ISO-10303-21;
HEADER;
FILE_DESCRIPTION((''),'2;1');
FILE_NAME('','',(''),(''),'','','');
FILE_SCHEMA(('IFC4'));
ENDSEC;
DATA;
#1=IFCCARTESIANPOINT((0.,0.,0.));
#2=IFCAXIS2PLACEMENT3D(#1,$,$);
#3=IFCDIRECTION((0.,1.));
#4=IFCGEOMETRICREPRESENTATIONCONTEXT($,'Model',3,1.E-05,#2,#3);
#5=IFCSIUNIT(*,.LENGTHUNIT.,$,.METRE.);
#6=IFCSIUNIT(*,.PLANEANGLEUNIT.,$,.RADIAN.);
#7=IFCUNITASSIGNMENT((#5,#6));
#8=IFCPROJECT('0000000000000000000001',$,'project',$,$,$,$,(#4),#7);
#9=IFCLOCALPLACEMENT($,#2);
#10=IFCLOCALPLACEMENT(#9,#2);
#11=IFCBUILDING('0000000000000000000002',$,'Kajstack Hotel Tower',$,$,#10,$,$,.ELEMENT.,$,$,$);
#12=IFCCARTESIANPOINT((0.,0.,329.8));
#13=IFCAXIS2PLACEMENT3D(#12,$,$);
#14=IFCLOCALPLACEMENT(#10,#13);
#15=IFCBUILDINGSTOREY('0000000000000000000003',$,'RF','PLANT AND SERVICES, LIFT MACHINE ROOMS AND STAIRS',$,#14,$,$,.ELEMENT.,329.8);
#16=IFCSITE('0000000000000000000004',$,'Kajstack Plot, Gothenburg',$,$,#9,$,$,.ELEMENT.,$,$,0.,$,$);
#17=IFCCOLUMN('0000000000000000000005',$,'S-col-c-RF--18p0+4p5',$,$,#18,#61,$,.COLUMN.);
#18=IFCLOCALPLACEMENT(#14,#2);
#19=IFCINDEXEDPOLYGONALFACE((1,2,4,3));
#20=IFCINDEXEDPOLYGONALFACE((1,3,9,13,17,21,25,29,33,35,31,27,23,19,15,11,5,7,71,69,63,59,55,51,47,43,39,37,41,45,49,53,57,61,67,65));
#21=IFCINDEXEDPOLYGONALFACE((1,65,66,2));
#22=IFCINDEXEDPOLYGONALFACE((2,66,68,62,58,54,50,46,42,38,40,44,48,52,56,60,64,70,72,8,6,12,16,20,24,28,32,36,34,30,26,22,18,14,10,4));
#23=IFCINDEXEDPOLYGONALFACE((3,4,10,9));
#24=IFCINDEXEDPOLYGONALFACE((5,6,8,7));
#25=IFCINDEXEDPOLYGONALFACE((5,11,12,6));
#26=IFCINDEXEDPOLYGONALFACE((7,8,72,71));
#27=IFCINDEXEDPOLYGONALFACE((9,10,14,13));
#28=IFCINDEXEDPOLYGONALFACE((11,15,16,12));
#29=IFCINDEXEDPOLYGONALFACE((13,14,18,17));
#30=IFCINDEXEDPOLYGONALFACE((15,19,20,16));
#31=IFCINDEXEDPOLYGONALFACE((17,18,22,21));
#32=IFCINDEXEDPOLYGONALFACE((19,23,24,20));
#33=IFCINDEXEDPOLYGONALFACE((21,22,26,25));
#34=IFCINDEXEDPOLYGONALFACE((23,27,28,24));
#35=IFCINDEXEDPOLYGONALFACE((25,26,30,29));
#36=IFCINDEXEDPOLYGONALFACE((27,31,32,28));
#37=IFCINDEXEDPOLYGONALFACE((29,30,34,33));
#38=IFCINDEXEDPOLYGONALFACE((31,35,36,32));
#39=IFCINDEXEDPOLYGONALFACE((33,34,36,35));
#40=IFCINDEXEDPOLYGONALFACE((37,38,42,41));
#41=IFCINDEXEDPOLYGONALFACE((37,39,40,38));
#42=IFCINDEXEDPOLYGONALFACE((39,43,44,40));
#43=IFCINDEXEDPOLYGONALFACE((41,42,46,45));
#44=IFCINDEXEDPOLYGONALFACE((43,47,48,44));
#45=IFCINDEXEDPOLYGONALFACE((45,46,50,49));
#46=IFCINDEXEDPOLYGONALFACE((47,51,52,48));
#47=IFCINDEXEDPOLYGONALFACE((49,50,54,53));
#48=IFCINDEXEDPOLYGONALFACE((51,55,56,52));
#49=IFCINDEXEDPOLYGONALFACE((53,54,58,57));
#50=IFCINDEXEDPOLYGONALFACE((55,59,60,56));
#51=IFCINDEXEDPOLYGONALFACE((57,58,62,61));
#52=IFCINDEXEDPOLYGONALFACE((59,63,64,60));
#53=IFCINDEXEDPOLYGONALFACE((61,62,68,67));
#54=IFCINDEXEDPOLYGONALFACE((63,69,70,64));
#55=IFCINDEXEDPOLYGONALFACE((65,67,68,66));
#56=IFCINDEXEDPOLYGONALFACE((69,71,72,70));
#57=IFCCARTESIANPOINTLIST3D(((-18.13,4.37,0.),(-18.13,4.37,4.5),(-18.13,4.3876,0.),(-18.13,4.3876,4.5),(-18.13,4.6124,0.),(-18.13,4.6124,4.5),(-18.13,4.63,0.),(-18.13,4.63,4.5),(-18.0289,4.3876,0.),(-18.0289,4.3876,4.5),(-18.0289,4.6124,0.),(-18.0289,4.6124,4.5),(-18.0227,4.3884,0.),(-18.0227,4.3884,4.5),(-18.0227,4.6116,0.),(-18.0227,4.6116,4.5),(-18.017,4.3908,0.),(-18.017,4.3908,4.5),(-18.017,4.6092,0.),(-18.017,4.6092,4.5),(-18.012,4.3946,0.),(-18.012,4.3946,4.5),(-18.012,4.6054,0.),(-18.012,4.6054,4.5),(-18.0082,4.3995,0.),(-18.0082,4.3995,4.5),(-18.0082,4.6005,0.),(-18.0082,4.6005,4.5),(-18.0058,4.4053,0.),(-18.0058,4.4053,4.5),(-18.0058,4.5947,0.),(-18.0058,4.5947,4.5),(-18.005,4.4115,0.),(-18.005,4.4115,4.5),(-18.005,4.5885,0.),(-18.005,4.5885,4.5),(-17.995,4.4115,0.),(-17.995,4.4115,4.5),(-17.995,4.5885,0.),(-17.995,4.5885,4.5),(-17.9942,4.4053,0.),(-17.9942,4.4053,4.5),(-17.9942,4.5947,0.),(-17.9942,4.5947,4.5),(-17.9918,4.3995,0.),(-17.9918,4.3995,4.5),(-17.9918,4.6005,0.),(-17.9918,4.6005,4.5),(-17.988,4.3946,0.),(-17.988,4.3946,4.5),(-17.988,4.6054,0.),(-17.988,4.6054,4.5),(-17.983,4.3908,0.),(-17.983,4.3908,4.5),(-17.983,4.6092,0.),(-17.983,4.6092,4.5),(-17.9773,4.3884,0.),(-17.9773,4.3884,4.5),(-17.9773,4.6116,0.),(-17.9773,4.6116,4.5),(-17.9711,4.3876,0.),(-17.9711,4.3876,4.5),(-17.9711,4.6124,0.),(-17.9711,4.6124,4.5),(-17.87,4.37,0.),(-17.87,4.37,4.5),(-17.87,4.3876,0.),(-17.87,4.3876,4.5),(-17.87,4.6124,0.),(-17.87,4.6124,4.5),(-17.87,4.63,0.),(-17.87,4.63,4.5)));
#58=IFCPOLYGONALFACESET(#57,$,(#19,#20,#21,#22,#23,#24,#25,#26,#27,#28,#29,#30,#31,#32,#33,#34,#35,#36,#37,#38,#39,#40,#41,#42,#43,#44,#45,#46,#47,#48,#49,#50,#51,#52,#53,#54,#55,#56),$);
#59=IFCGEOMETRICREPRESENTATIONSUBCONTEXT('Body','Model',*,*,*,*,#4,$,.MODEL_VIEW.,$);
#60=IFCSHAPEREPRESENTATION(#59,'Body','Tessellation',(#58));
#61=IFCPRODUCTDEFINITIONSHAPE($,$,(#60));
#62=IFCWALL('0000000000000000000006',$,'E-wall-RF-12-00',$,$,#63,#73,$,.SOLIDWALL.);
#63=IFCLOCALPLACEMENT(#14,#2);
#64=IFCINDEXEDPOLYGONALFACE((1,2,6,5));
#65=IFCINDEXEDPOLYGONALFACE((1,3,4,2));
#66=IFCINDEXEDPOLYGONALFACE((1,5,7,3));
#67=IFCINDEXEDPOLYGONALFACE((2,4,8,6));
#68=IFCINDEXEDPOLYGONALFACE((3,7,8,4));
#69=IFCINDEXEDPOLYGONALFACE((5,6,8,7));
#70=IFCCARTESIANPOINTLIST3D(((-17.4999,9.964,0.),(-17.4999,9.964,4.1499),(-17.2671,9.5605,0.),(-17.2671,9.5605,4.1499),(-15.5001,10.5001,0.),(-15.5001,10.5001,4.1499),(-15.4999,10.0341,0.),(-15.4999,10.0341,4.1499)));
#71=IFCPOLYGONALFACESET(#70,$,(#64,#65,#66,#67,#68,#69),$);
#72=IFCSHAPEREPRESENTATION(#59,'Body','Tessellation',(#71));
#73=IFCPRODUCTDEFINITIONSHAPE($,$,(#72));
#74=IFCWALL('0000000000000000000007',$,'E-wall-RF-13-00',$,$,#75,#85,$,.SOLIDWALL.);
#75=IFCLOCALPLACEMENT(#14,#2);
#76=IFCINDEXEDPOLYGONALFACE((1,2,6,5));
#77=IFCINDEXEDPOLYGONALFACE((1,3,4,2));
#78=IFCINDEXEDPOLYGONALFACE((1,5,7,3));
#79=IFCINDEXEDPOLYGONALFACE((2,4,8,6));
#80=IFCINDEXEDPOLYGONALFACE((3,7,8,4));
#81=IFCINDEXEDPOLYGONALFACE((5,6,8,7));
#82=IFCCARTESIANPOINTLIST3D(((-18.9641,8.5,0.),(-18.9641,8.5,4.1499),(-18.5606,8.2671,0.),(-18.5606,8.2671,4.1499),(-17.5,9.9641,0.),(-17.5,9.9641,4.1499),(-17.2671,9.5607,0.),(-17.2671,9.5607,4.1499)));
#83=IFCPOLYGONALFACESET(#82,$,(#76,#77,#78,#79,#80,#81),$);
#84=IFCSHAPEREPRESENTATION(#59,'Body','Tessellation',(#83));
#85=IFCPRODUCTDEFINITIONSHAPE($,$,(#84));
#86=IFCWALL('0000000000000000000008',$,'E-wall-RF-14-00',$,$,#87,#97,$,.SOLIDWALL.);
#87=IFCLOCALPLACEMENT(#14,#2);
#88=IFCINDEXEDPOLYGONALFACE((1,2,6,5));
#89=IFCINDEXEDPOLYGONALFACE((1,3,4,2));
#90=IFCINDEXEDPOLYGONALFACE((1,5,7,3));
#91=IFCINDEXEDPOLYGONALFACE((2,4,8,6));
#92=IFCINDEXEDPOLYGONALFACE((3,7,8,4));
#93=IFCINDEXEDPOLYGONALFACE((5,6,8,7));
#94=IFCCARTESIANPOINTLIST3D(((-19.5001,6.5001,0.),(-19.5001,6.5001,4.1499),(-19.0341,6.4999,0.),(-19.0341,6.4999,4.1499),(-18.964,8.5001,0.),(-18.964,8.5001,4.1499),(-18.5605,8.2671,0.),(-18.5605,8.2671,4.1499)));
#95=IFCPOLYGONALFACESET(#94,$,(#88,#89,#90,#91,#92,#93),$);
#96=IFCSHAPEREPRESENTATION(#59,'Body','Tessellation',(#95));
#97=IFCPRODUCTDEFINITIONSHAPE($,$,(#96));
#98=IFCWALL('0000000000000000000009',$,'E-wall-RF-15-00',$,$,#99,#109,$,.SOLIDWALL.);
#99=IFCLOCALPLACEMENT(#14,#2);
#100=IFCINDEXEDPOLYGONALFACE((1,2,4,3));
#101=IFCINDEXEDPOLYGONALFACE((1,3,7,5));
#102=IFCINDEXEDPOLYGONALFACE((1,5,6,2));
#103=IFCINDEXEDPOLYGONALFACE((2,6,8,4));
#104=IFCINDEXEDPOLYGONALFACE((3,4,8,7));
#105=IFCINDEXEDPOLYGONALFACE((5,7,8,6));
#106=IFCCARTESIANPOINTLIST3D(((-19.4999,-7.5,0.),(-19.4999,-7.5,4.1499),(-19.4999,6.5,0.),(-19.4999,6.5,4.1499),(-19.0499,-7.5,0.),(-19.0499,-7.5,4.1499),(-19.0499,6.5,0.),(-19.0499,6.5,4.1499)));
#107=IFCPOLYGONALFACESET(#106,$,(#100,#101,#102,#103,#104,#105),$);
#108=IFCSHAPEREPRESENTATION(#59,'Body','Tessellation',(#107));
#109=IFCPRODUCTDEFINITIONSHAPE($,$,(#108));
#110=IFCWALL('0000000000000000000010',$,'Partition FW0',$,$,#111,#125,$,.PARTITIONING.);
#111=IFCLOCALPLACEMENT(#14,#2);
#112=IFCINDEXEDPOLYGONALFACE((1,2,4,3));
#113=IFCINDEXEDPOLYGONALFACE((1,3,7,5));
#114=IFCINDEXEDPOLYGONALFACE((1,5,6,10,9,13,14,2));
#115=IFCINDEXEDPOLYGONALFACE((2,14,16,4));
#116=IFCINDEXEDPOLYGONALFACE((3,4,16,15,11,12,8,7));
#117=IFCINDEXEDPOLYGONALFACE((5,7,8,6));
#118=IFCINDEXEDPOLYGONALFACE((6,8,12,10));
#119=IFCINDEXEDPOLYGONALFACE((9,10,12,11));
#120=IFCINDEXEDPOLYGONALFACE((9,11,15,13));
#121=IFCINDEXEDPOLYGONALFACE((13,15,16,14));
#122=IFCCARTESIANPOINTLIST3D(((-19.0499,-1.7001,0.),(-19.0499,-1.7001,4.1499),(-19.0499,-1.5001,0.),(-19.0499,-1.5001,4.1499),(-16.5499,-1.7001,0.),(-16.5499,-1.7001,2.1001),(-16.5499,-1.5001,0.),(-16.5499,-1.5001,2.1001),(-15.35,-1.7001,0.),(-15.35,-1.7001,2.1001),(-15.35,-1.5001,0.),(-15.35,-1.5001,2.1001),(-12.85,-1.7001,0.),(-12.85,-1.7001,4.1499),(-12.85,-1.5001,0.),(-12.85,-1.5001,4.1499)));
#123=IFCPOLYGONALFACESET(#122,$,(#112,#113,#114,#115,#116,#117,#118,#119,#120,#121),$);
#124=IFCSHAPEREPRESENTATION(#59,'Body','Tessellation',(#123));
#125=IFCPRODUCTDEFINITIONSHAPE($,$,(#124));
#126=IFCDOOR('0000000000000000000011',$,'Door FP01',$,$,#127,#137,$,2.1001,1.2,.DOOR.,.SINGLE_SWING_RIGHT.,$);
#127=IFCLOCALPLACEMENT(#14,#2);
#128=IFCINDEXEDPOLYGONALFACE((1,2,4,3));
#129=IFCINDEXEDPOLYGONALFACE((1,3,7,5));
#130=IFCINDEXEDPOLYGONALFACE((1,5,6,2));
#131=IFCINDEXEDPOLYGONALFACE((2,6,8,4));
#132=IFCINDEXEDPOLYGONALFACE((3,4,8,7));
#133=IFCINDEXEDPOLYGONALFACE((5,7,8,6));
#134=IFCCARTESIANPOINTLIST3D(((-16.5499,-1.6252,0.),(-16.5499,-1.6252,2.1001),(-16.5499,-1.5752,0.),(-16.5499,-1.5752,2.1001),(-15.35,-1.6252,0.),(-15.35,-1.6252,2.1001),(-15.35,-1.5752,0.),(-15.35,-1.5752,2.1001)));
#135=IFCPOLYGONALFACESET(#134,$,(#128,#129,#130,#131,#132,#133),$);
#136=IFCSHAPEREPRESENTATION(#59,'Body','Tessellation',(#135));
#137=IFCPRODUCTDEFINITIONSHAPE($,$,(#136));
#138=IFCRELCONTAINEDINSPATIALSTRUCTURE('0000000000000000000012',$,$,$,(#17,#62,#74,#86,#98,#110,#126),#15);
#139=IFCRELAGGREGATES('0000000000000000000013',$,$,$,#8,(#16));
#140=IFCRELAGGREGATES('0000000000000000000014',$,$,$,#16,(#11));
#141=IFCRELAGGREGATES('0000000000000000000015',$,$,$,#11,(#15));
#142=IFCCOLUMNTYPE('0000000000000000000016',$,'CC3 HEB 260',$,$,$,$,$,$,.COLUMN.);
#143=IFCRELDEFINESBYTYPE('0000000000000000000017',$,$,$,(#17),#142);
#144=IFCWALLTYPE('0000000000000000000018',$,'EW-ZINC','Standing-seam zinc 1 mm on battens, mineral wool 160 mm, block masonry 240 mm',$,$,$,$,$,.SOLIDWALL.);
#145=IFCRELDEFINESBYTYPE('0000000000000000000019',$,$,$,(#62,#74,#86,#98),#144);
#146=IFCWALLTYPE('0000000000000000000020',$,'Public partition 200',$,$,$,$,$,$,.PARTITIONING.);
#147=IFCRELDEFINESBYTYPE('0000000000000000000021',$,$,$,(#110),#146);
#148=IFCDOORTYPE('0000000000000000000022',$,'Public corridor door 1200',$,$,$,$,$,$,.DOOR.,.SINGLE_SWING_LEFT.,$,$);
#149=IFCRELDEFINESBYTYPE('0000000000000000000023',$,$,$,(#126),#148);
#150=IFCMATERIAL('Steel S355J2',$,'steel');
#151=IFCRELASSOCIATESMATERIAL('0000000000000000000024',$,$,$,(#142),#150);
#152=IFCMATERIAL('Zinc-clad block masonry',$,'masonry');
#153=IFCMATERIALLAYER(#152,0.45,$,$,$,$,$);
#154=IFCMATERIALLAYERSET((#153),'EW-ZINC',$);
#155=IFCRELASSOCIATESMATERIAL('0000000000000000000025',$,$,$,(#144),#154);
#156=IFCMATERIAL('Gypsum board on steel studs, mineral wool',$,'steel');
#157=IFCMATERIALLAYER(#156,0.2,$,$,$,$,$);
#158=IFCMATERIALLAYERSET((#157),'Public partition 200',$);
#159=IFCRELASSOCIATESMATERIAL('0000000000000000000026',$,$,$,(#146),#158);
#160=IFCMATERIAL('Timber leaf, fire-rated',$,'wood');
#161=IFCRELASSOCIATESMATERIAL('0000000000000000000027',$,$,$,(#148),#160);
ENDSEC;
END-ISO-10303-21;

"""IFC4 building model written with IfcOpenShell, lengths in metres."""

from ifc_helpers import new_model, si_unit, direction, frame, frame_2d, origin, origin_2d, place, context, subcontext, project, spatial, polyline, rectangle, i_section, outline, extrude, material, layer, layer_set, material_profile, profile_set, type_object, element, fill, save


model = new_model("IFC4")

# Units and contexts
model_context = context("Model", 3, precision=1e-05, world=origin(), true_north=direction((0.0, 1.0)))
body_context = subcontext(model_context, "Body", "Model", "MODEL_VIEW")
ifc_project = project(units=[si_unit("LENGTHUNIT", "METRE"), si_unit("PLANEANGLEUNIT", "RADIAN")], contexts=[model_context])

# Site, building, storey
site_placement = place(None, origin())
site = spatial("IfcSite", under=ifc_project, at=site_placement, Name="Kajstack Plot, Gothenburg", CompositionType="ELEMENT", RefElevation=0.0)
building_placement = place(site_placement, origin())
building = spatial("IfcBuilding", under=site, at=building_placement, Name="Kajstack Hotel Tower", CompositionType="ELEMENT")
storey_placement = place(building_placement, frame((0.0, 0.0, 329.8)))
storey = spatial("IfcBuildingStorey", under=building, at=storey_placement, Name="RF", Description="PLANT AND SERVICES, LIFT MACHINE ROOMS AND STAIRS", CompositionType="ELEMENT", Elevation=329.8)

# Column
ifc_material_1 = material(Name="Steel S355J2", Category="steel")
ifc_material_profile = material_profile(ifc_material_1, i_section(OverallWidth=0.26, OverallDepth=0.26, WebThickness=0.01, FlangeThickness=0.0176, FilletRadius=0.0239, at=origin_2d()), Name="HEB 260")
ifc_profile_set = profile_set([ifc_material_profile], Name="Steel S355J2")
column_type = type_object("IfcColumnType", Name="CC3 HEB 260", PredefinedType="COLUMN", material=ifc_profile_set)
column_placement = place(storey_placement, frame((-18.0, 4.5, 0.0), z_axis=(0.0, 0.0, 1.0), x_axis=(1.0, 0.0, 0.0)))
element("IfcColumn", 1, at=column_placement, inside=storey, type_object=column_type, Name="S-col-c-RF--18p0+4p5", PredefinedType="COLUMN", context=body_context, shape_type="SweptSolid", body=[
    extrude(i_section(OverallWidth=0.26, OverallDepth=0.26, WebThickness=0.01, FlangeThickness=0.0176, FilletRadius=0.0239, at=origin_2d()), origin(), (0.0, 0.0, 1.0), 4.5),
])

# Walls
ifc_material_2 = material(Name="Zinc-clad block masonry", Category="masonry")
ifc_layer_1 = layer(ifc_material_2, 0.45)
ifc_layer_set_1 = layer_set([ifc_layer_1], Name="EW-ZINC")
wall_type_1 = type_object("IfcWallType", Name="EW-ZINC", Description="Standing-seam zinc 1 mm on battens, mineral wool 160 mm, block masonry 240 mm", PredefinedType="SOLIDWALL", material=ifc_layer_set_1)
wall_1_placement = place(storey_placement, frame((-15.4417, 10.2827, 0.0), z_axis=(0.0, 0.0, 1.0), x_axis=(-0.965927, -0.258815, 0.0)))
element("IfcWall", 2, at=wall_1_placement, inside=storey, type_object=wall_type_1, Name="E-wall-RF-12-00", PredefinedType="SOLIDWALL", context=body_context, shape_type="SweptSolid", body=[
    extrude(outline(polyline([(0.0002, -0.2251), (2.0706, -0.2249), (1.9502, 0.2251), (0.1206, 0.2251), (0.0002, -0.2251)])), origin(), (0.0, 0.0, 1.0), 4.1499),
])
wall_2_placement = place(storey_placement, frame((-17.3408, 9.8049, 0.0), z_axis=(0.0, 0.0, 1.0), x_axis=(-0.707107, -0.707107, 0.0)))
element("IfcWall", 3, at=wall_2_placement, inside=storey, type_object=wall_type_1, Name="E-wall-RF-13-00", PredefinedType="SOLIDWALL", context=body_context, shape_type="SweptSolid", body=[
    extrude(outline(polyline([(0.0, -0.2251), (2.0706, -0.2251), (1.95, 0.2249), (0.1206, 0.2249), (0.0, -0.2251)])), origin(), (0.0, 0.0, 1.0), 4.1499),
])
wall_3_placement = place(storey_placement, frame((-18.7468, 8.4417, 0.0), z_axis=(0.0, 0.0, 1.0), x_axis=(-0.258815, -0.965927, 0.0)))
element("IfcWall", 4, at=wall_3_placement, inside=storey, type_object=wall_type_1, Name="E-wall-RF-14-00", PredefinedType="SOLIDWALL", context=body_context, shape_type="SweptSolid", body=[
    extrude(outline(polyline([(-0.0002, -0.2249), (2.0703, -0.2251), (1.95, 0.2251), (0.1204, 0.2251), (-0.0002, -0.2249)])), origin(), (0.0, 0.0, 1.0), 4.1499),
])
wall_4_placement = place(storey_placement, frame((-19.2749, 6.5, 0.0), z_axis=(0.0, 0.0, 1.0), x_axis=(0.0, -1.0, 0.0)))
element("IfcWall", 5, at=wall_4_placement, inside=storey, type_object=wall_type_1, Name="E-wall-RF-15-00", PredefinedType="SOLIDWALL", context=body_context, shape_type="SweptSolid", body=[
    extrude(rectangle(XDim=14.0, YDim=0.45, at=frame_2d((7.0, 0.0))), origin(), (0.0, 0.0, 1.0), 4.1499),
])

# Wall, opening, door
ifc_material_3 = material(Name="Gypsum board on steel studs, mineral wool", Category="steel")
ifc_layer_2 = layer(ifc_material_3, 0.2)
ifc_layer_set_2 = layer_set([ifc_layer_2], Name="Public partition 200")
wall_type_2 = type_object("IfcWallType", Name="Public partition 200", PredefinedType="PARTITIONING", material=ifc_layer_set_2)
wall_5_placement = place(storey_placement, frame((-19.05, -1.6001, 0.0), z_axis=(0.0, 0.0, 1.0), x_axis=(1.0, 0.0, 0.0)))
wall_5 = element("IfcWall", 6, at=wall_5_placement, inside=storey, type_object=wall_type_2, Name="Partition FW0", PredefinedType="PARTITIONING", context=body_context, shape_type="SweptSolid", body=[
    extrude(rectangle(XDim=6.2, YDim=0.2, at=frame_2d((3.1001, 0.0))), origin(), (0.0, 0.0, 1.0), 4.1499),
])
opening_1_placement = place(wall_5_placement, frame((2.5, 0.0, 0.0)))
opening_1 = element("IfcOpeningElement", 7, at=opening_1_placement, cuts=wall_5, PredefinedType="OPENING", context=body_context, shape_type="SweptSolid", body=[
    extrude(rectangle(XDim=1.2, YDim=2.1001, at=frame_2d((0.6001, 1.05))), frame((0.0, 0.1099, 0.0), z_axis=(0.0, -1.0, 0.0), x_axis=(1.0, 0.0, 0.0)), (0.0, 0.0, 1.0), 0.22),
])
ifc_material_4 = material(Name="Timber leaf, fire-rated", Category="wood")
door_type_1 = type_object("IfcDoorType", Name="Public corridor door 1200", OperationType="SINGLE_SWING_LEFT", PredefinedType="DOOR", material=ifc_material_4)
door_1_placement = place(opening_1_placement, origin())
door_1 = element("IfcDoor", 8, at=door_1_placement, inside=storey, type_object=door_type_1, Name="Door FP01", OperationType="SINGLE_SWING_RIGHT", OverallHeight=2.1001, OverallWidth=1.2, PredefinedType="DOOR", context=body_context, shape_type="SweptSolid", body=[
    extrude(rectangle(XDim=1.2, YDim=2.1001, at=frame_2d((0.6001, 1.05))), frame((0.0, 0.0249, 0.0), z_axis=(0.0, -1.0, 0.0), x_axis=(1.0, 0.0, 0.0)), (0.0, 0.0, 1.0), 0.05),
])
fill(opening_1, door_1)

save(model, "model.ifc")
